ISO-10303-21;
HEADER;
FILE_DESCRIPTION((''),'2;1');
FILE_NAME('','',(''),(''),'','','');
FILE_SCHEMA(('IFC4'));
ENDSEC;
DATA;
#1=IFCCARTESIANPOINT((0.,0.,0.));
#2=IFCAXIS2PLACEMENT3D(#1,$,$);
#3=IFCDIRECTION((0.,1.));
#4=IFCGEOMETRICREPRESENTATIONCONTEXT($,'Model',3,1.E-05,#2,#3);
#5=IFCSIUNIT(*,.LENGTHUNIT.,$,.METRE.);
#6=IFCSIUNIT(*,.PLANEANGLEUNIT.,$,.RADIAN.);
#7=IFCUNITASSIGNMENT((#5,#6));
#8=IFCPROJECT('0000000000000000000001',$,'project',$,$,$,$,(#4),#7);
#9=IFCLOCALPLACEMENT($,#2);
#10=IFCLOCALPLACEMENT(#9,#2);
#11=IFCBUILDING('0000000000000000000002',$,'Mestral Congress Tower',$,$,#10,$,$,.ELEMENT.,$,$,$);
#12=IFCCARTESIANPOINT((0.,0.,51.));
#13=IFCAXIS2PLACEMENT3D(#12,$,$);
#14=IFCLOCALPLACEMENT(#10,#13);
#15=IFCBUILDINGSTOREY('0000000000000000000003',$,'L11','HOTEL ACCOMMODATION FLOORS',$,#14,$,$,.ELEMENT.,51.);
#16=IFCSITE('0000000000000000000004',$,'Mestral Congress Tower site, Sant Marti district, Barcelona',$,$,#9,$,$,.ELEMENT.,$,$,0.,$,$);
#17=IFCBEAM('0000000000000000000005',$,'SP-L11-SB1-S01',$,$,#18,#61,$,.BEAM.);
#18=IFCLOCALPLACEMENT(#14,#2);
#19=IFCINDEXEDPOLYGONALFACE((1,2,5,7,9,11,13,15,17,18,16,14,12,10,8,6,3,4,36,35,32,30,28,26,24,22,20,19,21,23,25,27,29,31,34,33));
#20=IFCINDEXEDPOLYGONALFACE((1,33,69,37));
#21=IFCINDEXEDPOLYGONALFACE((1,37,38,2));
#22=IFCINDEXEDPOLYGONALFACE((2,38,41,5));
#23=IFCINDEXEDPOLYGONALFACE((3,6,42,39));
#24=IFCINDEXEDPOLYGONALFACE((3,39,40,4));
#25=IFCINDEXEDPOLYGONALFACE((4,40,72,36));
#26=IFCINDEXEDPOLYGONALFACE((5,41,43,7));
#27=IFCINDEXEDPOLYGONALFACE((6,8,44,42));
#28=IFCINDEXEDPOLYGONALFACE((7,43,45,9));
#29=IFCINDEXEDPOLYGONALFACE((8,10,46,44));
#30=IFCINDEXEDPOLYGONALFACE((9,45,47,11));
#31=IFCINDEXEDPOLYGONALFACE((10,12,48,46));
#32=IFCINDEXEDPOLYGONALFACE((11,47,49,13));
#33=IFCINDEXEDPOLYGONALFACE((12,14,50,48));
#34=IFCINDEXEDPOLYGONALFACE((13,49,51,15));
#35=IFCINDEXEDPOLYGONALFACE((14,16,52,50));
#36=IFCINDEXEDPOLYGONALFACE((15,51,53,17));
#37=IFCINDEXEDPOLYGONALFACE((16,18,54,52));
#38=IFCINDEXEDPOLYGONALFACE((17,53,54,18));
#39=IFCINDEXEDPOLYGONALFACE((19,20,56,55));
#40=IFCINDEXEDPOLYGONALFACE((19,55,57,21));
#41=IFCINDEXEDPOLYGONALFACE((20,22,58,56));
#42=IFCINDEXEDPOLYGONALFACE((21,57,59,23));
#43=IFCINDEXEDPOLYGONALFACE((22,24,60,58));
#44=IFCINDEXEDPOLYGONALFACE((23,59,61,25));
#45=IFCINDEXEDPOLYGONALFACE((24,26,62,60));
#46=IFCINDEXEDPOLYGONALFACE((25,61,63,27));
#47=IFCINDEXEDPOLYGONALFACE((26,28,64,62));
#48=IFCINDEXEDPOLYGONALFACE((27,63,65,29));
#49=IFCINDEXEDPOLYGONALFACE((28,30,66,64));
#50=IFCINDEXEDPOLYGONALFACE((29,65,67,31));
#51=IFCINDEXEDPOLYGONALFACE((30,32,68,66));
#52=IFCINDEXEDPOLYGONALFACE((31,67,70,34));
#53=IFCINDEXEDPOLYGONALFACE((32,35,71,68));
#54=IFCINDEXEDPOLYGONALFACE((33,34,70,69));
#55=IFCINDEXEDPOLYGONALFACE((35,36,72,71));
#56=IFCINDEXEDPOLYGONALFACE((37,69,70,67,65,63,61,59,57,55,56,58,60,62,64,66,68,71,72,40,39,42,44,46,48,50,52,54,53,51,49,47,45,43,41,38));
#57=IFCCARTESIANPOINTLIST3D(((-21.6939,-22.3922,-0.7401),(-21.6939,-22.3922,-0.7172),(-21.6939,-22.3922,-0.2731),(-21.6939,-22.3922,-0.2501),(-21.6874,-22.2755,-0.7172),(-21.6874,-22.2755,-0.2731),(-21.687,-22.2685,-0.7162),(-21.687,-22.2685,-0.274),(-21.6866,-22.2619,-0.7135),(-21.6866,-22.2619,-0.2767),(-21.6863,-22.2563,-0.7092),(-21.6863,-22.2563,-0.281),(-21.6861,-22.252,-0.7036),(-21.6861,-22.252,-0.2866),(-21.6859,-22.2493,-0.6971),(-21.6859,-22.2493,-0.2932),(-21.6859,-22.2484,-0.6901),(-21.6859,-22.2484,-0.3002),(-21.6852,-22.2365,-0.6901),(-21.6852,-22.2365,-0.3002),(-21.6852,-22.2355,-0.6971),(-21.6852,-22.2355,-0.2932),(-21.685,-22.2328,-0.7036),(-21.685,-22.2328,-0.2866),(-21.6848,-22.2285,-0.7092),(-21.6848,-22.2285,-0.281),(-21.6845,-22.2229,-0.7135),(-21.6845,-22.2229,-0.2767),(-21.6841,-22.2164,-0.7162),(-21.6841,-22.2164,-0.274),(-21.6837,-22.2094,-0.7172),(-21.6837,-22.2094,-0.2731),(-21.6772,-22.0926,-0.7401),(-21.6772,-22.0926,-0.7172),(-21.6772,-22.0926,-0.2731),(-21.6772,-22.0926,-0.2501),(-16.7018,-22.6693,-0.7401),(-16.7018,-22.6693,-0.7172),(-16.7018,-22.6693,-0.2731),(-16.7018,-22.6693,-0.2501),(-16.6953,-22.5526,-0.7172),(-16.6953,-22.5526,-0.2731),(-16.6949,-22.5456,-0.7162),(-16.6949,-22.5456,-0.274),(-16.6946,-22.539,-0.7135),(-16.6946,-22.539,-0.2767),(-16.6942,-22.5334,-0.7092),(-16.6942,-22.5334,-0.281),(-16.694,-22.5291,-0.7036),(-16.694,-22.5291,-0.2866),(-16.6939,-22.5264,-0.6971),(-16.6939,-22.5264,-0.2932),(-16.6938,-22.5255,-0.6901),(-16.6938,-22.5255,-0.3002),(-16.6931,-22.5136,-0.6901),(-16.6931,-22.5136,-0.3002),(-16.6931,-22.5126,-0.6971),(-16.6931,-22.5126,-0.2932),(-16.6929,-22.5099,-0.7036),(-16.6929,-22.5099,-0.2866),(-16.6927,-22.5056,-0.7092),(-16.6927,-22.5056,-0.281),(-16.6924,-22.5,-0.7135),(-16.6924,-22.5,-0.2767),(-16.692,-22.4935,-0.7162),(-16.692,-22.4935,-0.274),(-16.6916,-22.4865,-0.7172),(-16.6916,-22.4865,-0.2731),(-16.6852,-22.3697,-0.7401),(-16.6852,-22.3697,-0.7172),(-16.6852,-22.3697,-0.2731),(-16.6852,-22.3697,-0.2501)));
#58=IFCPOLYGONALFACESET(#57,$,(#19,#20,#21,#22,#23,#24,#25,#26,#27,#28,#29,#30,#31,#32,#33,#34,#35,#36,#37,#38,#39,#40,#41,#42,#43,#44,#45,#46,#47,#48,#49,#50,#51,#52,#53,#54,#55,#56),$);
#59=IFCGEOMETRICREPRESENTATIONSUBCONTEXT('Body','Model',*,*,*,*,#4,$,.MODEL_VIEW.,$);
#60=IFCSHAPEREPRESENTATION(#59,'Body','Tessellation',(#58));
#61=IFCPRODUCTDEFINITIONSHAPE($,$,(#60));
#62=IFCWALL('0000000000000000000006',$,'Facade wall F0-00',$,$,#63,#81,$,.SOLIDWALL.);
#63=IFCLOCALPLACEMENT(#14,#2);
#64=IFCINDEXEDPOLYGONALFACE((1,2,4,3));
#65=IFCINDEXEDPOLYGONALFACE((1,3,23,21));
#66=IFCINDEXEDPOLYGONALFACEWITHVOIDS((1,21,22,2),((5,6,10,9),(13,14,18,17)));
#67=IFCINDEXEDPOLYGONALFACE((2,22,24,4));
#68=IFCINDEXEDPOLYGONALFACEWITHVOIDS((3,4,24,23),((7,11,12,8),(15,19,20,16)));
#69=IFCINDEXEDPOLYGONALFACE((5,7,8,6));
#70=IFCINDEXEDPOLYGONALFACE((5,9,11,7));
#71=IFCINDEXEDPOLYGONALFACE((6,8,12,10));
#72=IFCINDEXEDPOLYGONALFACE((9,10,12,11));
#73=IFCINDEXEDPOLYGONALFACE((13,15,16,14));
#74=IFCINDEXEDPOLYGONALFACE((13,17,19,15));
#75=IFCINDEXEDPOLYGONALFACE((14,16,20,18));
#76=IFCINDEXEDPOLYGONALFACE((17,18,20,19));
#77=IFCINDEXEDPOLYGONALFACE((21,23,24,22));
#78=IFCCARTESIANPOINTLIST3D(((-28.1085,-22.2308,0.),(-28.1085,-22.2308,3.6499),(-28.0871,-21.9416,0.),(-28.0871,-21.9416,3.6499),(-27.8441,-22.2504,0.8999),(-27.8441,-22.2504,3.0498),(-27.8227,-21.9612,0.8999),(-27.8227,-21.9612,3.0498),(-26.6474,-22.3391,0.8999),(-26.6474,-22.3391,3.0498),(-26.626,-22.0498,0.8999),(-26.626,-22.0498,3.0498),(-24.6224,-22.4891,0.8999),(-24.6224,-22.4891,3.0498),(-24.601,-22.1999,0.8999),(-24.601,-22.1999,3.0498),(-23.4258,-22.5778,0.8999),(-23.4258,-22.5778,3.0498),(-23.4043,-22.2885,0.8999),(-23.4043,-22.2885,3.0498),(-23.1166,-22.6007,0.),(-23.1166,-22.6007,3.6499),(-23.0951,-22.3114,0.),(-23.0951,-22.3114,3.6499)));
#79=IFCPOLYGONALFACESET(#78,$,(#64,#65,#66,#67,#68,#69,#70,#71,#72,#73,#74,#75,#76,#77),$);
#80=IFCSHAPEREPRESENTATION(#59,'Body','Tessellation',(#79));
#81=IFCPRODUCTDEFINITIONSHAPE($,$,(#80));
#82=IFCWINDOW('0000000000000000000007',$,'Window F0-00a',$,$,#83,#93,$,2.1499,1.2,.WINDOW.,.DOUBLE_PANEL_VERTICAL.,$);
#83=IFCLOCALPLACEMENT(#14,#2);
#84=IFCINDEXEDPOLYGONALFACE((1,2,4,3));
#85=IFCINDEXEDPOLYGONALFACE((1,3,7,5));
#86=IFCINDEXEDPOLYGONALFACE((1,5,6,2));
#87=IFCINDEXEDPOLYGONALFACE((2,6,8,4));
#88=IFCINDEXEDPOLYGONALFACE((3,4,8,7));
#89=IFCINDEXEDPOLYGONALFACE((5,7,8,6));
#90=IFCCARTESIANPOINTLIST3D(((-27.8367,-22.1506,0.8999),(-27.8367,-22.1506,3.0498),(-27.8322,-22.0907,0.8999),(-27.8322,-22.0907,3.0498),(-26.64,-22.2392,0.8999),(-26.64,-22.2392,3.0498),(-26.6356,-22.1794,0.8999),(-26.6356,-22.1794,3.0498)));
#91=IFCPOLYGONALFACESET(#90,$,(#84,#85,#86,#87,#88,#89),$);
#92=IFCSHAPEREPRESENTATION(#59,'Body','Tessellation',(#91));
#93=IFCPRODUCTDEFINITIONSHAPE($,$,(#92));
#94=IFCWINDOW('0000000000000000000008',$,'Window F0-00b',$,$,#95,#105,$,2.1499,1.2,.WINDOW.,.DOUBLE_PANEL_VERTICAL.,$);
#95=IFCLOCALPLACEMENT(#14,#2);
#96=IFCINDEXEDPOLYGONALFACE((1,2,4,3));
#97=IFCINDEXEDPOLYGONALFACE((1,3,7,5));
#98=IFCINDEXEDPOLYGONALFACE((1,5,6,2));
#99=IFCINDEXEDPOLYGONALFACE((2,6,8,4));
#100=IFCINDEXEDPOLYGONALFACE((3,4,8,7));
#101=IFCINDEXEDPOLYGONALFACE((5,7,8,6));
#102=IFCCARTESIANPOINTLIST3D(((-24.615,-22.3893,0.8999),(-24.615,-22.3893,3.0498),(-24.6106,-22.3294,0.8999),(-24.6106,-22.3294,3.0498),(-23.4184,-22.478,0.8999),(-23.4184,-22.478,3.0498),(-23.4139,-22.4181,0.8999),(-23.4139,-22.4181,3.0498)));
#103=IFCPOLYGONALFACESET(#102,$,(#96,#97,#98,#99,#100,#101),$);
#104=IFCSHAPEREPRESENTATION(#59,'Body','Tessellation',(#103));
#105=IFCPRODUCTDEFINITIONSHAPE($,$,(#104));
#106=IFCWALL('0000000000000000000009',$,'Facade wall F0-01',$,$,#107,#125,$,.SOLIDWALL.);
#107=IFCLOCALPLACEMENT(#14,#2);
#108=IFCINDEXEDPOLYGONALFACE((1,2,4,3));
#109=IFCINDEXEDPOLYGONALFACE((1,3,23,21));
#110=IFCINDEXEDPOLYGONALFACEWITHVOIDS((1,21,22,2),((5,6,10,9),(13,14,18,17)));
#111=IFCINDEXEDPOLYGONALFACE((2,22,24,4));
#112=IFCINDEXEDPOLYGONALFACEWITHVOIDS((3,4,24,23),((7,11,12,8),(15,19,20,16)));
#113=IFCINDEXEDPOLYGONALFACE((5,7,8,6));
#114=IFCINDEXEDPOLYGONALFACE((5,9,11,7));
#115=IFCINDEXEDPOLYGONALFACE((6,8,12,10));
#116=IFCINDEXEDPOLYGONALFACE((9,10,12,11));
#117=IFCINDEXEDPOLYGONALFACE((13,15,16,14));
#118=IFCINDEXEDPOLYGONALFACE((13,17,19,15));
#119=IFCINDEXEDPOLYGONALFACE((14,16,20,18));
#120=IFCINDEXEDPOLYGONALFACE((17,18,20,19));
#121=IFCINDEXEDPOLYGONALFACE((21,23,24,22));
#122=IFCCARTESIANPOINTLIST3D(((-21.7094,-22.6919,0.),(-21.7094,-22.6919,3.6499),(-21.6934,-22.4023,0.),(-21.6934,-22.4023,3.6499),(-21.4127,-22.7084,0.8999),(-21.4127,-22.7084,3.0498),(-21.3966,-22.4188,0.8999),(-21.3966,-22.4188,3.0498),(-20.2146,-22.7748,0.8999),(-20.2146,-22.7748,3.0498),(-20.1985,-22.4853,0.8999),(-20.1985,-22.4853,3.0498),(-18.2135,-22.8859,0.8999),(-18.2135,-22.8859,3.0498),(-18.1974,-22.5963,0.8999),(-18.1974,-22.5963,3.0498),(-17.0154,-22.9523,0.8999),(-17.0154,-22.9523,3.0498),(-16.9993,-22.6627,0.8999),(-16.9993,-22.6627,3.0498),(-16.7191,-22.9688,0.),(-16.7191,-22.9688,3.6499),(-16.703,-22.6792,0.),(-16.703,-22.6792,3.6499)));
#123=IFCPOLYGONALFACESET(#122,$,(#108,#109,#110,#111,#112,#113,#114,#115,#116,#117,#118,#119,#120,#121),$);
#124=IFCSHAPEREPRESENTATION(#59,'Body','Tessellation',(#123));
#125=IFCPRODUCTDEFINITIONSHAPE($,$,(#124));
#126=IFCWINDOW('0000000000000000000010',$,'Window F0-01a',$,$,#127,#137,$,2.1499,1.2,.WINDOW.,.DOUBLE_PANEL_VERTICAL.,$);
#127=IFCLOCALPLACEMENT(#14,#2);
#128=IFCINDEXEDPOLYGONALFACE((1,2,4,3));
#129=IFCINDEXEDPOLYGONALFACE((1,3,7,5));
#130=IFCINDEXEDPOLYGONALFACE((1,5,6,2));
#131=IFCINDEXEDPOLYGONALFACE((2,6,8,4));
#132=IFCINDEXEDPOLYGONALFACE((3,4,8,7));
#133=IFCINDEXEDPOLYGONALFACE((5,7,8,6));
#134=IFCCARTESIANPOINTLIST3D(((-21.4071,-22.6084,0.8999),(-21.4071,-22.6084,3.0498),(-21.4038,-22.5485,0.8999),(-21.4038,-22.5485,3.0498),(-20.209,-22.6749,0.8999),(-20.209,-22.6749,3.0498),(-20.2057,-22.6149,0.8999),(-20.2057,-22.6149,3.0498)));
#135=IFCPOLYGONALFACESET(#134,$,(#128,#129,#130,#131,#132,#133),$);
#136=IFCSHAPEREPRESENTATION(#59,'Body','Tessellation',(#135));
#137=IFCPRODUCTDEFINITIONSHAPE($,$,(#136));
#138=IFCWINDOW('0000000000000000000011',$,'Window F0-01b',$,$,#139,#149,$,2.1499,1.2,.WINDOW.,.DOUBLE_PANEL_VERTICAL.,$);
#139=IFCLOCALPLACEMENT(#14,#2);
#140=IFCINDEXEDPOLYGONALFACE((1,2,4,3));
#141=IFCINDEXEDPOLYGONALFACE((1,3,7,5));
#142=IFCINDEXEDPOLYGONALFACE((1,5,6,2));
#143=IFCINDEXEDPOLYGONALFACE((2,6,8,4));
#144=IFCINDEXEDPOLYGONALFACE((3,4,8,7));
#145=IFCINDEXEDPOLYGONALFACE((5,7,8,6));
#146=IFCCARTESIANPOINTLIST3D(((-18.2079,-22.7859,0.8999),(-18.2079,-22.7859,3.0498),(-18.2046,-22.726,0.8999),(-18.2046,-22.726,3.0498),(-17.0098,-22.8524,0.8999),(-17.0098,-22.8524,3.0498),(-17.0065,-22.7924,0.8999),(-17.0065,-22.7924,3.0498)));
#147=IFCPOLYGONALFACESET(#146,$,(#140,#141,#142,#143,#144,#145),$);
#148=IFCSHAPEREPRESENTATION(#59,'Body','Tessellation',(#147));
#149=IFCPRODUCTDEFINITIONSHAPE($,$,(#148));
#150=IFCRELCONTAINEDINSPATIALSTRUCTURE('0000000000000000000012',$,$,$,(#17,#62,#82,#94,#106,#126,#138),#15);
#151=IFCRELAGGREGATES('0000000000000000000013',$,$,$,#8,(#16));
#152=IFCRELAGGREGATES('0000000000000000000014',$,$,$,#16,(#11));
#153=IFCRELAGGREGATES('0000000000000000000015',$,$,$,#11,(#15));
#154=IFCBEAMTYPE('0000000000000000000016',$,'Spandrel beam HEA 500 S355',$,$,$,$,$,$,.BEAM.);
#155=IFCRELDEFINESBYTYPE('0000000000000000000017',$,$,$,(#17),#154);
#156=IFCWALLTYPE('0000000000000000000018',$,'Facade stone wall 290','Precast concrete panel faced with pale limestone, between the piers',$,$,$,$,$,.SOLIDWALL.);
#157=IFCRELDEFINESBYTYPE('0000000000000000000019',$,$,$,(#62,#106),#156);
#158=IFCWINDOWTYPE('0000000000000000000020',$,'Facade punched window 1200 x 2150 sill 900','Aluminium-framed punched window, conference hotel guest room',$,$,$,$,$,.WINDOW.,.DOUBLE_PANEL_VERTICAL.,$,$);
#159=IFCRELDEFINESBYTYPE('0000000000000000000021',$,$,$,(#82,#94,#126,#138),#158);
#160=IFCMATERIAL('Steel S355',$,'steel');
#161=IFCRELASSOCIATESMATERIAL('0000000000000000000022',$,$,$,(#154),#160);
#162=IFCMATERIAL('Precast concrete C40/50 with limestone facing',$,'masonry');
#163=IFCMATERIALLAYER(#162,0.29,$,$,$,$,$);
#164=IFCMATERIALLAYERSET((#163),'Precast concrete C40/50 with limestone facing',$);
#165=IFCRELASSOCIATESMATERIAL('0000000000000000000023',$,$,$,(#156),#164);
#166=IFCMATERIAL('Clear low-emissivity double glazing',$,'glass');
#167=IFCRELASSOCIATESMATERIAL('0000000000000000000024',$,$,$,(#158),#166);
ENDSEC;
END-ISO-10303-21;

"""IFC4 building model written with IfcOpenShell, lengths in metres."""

from ifc_helpers import new_model, si_unit, direction, frame, frame_2d, origin, origin_2d, place, context, subcontext, project, spatial, rectangle, i_section, extrude, material, layer, layer_set, material_profile, profile_set, type_object, element, fill, save


model = new_model("IFC4")

# Units and contexts
model_context = context("Model", 3, precision=1e-05, world=origin(), true_north=direction((0.0, 1.0)))
body_context = subcontext(model_context, "Body", "Model", "MODEL_VIEW")
ifc_project = project(units=[si_unit("LENGTHUNIT", "METRE"), si_unit("PLANEANGLEUNIT", "RADIAN")], contexts=[model_context])

# Site, building, storey
site_placement = place(None, origin())
site = spatial("IfcSite", under=ifc_project, at=site_placement, Name="Mestral Congress Tower site, Sant Marti district, Barcelona", CompositionType="ELEMENT", RefElevation=0.0)
building_placement = place(site_placement, origin())
building = spatial("IfcBuilding", under=site, at=building_placement, Name="Mestral Congress Tower", CompositionType="ELEMENT")
storey_placement = place(building_placement, frame((0.0, 0.0, 51.0)))
storey = spatial("IfcBuildingStorey", under=building, at=storey_placement, Name="L11", Description="HOTEL ACCOMMODATION FLOORS", CompositionType="ELEMENT", Elevation=51.0)

# Beam
ifc_material_1 = material(Name="Steel S355", Category="steel")
ifc_material_profile_1 = material_profile(ifc_material_1, i_section(OverallWidth=0.3, OverallDepth=0.49, WebThickness=0.012, FlangeThickness=0.0229, FilletRadius=0.0271, at=origin_2d()), Name="HEA 500")
ifc_profile_set_1 = profile_set([ifc_material_profile_1], Name="Steel S355")
beam_type_1 = type_object("IfcBeamType", Name="Spandrel beam HEA 500 S355", PredefinedType="BEAM", material=ifc_profile_set_1)
beam_1_placement = place(storey_placement, frame((-21.6855, -22.2424, -0.4951), z_axis=(0.998463, -0.055421, 0.0), x_axis=(0.055421, 0.998463, 0.0)))
element("IfcBeam", 1, at=beam_1_placement, inside=storey, type_object=beam_type_1, Name="SP-L11-SB1-S01", PredefinedType="BEAM", context=body_context, shape_type="SweptSolid", body=[
    extrude(i_section(OverallWidth=0.3, OverallDepth=0.49, WebThickness=0.012, FlangeThickness=0.0229, FilletRadius=0.0271, at=origin_2d()), origin(), (0.0, 0.0, 1.0), 4.9998),
])

# Walls, openings, windows
ifc_material_2 = material(Name="Precast concrete C40/50 with limestone facing", Category="masonry")
ifc_layer_1 = layer(ifc_material_2, 0.29)
ifc_layer_set_1 = layer_set([ifc_layer_1], Name="Precast concrete C40/50 with limestone facing")
wall_type_1 = type_object("IfcWallType", Name="Facade stone wall 290", Description="Precast concrete panel faced with pale limestone, between the piers", PredefinedType="SOLIDWALL", material=ifc_layer_set_1)
wall_1_placement = place(storey_placement, frame((-28.0979, -22.0862, 0.0), z_axis=(0.0, 0.0, 1.0), x_axis=(0.997266, -0.073891, 0.0)))
wall_1 = element("IfcWall", 2, at=wall_1_placement, inside=storey, type_object=wall_type_1, Name="Facade wall F0-00", PredefinedType="SOLIDWALL", context=body_context, shape_type="SweptSolid", body=[
    extrude(rectangle(XDim=5.0056, YDim=0.29, at=frame_2d((2.5029, 0.0))), origin(), (0.0, 0.0, 1.0), 3.6499),
])
opening_1_placement = place(wall_1_placement, frame((0.2651, 0.0, 0.8999)))
opening_1 = element("IfcOpeningElement", 3, at=opening_1_placement, cuts=wall_1, PredefinedType="OPENING", context=body_context, shape_type="SweptSolid", body=[
    extrude(rectangle(XDim=1.2, YDim=2.1499, at=frame_2d((0.6001, 1.075))), frame((0.0, 0.155, 0.0), z_axis=(0.0, -1.0, 0.0), x_axis=(1.0, 0.0, 0.0)), (0.0, 0.0, 1.0), 0.3101),
])
opening_2_placement = place(wall_1_placement, frame((3.4956, 0.0, 0.8999)))
opening_2 = element("IfcOpeningElement", 4, at=opening_2_placement, cuts=wall_1, PredefinedType="OPENING", context=body_context, shape_type="SweptSolid", body=[
    extrude(rectangle(XDim=1.2, YDim=2.1499, at=frame_2d((0.6001, 1.075))), frame((0.0, 0.155, 0.0), z_axis=(0.0, -1.0, 0.0), x_axis=(1.0, 0.0, 0.0)), (0.0, 0.0, 1.0), 0.3101),
])
ifc_material_3 = material(Name="Clear low-emissivity double glazing", Category="glass")
window_type = type_object("IfcWindowType", Name="Facade punched window 1200 x 2150 sill 900", Description="Aluminium-framed punched window, conference hotel guest room", PartitioningType="DOUBLE_PANEL_VERTICAL", PredefinedType="WINDOW", material=ifc_material_3)
window_1_placement = place(opening_1_placement, origin())
window_1 = element("IfcWindow", 5, at=window_1_placement, inside=storey, type_object=window_type, Name="Window F0-00a", OverallHeight=2.1499, OverallWidth=1.2, PartitioningType="DOUBLE_PANEL_VERTICAL", PredefinedType="WINDOW", context=body_context, shape_type="SweptSolid", body=[
    extrude(rectangle(XDim=1.2, YDim=2.1499, at=frame_2d((0.6001, 1.075))), frame((0.0, 0.0151, 0.0), z_axis=(0.0, -1.0, 0.0), x_axis=(1.0, 0.0, 0.0)), (0.0, 0.0, 1.0), 0.0601),
])
fill(opening_1, window_1)
window_2_placement = place(opening_2_placement, origin())
window_2 = element("IfcWindow", 6, at=window_2_placement, inside=storey, type_object=window_type, Name="Window F0-00b", OverallHeight=2.1499, OverallWidth=1.2, PartitioningType="DOUBLE_PANEL_VERTICAL", PredefinedType="WINDOW", context=body_context, shape_type="SweptSolid", body=[
    extrude(rectangle(XDim=1.2, YDim=2.1499, at=frame_2d((0.6001, 1.075))), frame((0.0, 0.0151, 0.0), z_axis=(0.0, -1.0, 0.0), x_axis=(1.0, 0.0, 0.0)), (0.0, 0.0, 1.0), 0.0601),
])
fill(opening_2, window_2)
wall_2_placement = place(storey_placement, frame((-21.7014, -22.5471, 0.0), z_axis=(0.0, 0.0, 1.0), x_axis=(0.998465, -0.055392, 0.0)))
wall_2 = element("IfcWall", 7, at=wall_2_placement, inside=storey, type_object=wall_type_1, Name="Facade wall F0-01", PredefinedType="SOLIDWALL", context=body_context, shape_type="SweptSolid", body=[
    extrude(rectangle(XDim=4.998, YDim=0.29, at=frame_2d((2.499, 0.0))), origin(), (0.0, 0.0, 1.0), 3.6499),
])
opening_3_placement = place(wall_2_placement, frame((0.2971, 0.0, 0.8999)))
opening_3 = element("IfcOpeningElement", 8, at=opening_3_placement, cuts=wall_2, PredefinedType="OPENING", context=body_context, shape_type="SweptSolid", body=[
    extrude(rectangle(XDim=1.2, YDim=2.1499, at=frame_2d((0.6001, 1.075))), frame((0.0, 0.155, 0.0), z_axis=(0.0, -1.0, 0.0), x_axis=(1.0, 0.0, 0.0)), (0.0, 0.0, 1.0), 0.3101),
])
opening_4_placement = place(wall_2_placement, frame((3.5012, 0.0, 0.8999)))
opening_4 = element("IfcOpeningElement", 9, at=opening_4_placement, cuts=wall_2, PredefinedType="OPENING", context=body_context, shape_type="SweptSolid", body=[
    extrude(rectangle(XDim=1.2, YDim=2.1499, at=frame_2d((0.6001, 1.075))), frame((0.0, 0.155, 0.0), z_axis=(0.0, -1.0, 0.0), x_axis=(1.0, 0.0, 0.0)), (0.0, 0.0, 1.0), 0.3101),
])
window_3_placement = place(opening_3_placement, origin())
window_3 = element("IfcWindow", 10, at=window_3_placement, inside=storey, type_object=window_type, Name="Window F0-01a", OverallHeight=2.1499, OverallWidth=1.2, PartitioningType="DOUBLE_PANEL_VERTICAL", PredefinedType="WINDOW", context=body_context, shape_type="SweptSolid", body=[
    extrude(rectangle(XDim=1.2, YDim=2.1499, at=frame_2d((0.6001, 1.075))), frame((0.0, 0.0151, 0.0), z_axis=(0.0, -1.0, 0.0), x_axis=(1.0, 0.0, 0.0)), (0.0, 0.0, 1.0), 0.0601),
])
fill(opening_3, window_3)
window_4_placement = place(opening_4_placement, origin())
window_4 = element("IfcWindow", 11, at=window_4_placement, inside=storey, type_object=window_type, Name="Window F0-01b", OverallHeight=2.1499, OverallWidth=1.2, PartitioningType="DOUBLE_PANEL_VERTICAL", PredefinedType="WINDOW", context=body_context, shape_type="SweptSolid", body=[
    extrude(rectangle(XDim=1.2, YDim=2.1499, at=frame_2d((0.6001, 1.075))), frame((0.0, 0.0151, 0.0), z_axis=(0.0, -1.0, 0.0), x_axis=(1.0, 0.0, 0.0)), (0.0, 0.0, 1.0), 0.0601),
])
fill(opening_4, window_4)

save(model, "model.ifc")
